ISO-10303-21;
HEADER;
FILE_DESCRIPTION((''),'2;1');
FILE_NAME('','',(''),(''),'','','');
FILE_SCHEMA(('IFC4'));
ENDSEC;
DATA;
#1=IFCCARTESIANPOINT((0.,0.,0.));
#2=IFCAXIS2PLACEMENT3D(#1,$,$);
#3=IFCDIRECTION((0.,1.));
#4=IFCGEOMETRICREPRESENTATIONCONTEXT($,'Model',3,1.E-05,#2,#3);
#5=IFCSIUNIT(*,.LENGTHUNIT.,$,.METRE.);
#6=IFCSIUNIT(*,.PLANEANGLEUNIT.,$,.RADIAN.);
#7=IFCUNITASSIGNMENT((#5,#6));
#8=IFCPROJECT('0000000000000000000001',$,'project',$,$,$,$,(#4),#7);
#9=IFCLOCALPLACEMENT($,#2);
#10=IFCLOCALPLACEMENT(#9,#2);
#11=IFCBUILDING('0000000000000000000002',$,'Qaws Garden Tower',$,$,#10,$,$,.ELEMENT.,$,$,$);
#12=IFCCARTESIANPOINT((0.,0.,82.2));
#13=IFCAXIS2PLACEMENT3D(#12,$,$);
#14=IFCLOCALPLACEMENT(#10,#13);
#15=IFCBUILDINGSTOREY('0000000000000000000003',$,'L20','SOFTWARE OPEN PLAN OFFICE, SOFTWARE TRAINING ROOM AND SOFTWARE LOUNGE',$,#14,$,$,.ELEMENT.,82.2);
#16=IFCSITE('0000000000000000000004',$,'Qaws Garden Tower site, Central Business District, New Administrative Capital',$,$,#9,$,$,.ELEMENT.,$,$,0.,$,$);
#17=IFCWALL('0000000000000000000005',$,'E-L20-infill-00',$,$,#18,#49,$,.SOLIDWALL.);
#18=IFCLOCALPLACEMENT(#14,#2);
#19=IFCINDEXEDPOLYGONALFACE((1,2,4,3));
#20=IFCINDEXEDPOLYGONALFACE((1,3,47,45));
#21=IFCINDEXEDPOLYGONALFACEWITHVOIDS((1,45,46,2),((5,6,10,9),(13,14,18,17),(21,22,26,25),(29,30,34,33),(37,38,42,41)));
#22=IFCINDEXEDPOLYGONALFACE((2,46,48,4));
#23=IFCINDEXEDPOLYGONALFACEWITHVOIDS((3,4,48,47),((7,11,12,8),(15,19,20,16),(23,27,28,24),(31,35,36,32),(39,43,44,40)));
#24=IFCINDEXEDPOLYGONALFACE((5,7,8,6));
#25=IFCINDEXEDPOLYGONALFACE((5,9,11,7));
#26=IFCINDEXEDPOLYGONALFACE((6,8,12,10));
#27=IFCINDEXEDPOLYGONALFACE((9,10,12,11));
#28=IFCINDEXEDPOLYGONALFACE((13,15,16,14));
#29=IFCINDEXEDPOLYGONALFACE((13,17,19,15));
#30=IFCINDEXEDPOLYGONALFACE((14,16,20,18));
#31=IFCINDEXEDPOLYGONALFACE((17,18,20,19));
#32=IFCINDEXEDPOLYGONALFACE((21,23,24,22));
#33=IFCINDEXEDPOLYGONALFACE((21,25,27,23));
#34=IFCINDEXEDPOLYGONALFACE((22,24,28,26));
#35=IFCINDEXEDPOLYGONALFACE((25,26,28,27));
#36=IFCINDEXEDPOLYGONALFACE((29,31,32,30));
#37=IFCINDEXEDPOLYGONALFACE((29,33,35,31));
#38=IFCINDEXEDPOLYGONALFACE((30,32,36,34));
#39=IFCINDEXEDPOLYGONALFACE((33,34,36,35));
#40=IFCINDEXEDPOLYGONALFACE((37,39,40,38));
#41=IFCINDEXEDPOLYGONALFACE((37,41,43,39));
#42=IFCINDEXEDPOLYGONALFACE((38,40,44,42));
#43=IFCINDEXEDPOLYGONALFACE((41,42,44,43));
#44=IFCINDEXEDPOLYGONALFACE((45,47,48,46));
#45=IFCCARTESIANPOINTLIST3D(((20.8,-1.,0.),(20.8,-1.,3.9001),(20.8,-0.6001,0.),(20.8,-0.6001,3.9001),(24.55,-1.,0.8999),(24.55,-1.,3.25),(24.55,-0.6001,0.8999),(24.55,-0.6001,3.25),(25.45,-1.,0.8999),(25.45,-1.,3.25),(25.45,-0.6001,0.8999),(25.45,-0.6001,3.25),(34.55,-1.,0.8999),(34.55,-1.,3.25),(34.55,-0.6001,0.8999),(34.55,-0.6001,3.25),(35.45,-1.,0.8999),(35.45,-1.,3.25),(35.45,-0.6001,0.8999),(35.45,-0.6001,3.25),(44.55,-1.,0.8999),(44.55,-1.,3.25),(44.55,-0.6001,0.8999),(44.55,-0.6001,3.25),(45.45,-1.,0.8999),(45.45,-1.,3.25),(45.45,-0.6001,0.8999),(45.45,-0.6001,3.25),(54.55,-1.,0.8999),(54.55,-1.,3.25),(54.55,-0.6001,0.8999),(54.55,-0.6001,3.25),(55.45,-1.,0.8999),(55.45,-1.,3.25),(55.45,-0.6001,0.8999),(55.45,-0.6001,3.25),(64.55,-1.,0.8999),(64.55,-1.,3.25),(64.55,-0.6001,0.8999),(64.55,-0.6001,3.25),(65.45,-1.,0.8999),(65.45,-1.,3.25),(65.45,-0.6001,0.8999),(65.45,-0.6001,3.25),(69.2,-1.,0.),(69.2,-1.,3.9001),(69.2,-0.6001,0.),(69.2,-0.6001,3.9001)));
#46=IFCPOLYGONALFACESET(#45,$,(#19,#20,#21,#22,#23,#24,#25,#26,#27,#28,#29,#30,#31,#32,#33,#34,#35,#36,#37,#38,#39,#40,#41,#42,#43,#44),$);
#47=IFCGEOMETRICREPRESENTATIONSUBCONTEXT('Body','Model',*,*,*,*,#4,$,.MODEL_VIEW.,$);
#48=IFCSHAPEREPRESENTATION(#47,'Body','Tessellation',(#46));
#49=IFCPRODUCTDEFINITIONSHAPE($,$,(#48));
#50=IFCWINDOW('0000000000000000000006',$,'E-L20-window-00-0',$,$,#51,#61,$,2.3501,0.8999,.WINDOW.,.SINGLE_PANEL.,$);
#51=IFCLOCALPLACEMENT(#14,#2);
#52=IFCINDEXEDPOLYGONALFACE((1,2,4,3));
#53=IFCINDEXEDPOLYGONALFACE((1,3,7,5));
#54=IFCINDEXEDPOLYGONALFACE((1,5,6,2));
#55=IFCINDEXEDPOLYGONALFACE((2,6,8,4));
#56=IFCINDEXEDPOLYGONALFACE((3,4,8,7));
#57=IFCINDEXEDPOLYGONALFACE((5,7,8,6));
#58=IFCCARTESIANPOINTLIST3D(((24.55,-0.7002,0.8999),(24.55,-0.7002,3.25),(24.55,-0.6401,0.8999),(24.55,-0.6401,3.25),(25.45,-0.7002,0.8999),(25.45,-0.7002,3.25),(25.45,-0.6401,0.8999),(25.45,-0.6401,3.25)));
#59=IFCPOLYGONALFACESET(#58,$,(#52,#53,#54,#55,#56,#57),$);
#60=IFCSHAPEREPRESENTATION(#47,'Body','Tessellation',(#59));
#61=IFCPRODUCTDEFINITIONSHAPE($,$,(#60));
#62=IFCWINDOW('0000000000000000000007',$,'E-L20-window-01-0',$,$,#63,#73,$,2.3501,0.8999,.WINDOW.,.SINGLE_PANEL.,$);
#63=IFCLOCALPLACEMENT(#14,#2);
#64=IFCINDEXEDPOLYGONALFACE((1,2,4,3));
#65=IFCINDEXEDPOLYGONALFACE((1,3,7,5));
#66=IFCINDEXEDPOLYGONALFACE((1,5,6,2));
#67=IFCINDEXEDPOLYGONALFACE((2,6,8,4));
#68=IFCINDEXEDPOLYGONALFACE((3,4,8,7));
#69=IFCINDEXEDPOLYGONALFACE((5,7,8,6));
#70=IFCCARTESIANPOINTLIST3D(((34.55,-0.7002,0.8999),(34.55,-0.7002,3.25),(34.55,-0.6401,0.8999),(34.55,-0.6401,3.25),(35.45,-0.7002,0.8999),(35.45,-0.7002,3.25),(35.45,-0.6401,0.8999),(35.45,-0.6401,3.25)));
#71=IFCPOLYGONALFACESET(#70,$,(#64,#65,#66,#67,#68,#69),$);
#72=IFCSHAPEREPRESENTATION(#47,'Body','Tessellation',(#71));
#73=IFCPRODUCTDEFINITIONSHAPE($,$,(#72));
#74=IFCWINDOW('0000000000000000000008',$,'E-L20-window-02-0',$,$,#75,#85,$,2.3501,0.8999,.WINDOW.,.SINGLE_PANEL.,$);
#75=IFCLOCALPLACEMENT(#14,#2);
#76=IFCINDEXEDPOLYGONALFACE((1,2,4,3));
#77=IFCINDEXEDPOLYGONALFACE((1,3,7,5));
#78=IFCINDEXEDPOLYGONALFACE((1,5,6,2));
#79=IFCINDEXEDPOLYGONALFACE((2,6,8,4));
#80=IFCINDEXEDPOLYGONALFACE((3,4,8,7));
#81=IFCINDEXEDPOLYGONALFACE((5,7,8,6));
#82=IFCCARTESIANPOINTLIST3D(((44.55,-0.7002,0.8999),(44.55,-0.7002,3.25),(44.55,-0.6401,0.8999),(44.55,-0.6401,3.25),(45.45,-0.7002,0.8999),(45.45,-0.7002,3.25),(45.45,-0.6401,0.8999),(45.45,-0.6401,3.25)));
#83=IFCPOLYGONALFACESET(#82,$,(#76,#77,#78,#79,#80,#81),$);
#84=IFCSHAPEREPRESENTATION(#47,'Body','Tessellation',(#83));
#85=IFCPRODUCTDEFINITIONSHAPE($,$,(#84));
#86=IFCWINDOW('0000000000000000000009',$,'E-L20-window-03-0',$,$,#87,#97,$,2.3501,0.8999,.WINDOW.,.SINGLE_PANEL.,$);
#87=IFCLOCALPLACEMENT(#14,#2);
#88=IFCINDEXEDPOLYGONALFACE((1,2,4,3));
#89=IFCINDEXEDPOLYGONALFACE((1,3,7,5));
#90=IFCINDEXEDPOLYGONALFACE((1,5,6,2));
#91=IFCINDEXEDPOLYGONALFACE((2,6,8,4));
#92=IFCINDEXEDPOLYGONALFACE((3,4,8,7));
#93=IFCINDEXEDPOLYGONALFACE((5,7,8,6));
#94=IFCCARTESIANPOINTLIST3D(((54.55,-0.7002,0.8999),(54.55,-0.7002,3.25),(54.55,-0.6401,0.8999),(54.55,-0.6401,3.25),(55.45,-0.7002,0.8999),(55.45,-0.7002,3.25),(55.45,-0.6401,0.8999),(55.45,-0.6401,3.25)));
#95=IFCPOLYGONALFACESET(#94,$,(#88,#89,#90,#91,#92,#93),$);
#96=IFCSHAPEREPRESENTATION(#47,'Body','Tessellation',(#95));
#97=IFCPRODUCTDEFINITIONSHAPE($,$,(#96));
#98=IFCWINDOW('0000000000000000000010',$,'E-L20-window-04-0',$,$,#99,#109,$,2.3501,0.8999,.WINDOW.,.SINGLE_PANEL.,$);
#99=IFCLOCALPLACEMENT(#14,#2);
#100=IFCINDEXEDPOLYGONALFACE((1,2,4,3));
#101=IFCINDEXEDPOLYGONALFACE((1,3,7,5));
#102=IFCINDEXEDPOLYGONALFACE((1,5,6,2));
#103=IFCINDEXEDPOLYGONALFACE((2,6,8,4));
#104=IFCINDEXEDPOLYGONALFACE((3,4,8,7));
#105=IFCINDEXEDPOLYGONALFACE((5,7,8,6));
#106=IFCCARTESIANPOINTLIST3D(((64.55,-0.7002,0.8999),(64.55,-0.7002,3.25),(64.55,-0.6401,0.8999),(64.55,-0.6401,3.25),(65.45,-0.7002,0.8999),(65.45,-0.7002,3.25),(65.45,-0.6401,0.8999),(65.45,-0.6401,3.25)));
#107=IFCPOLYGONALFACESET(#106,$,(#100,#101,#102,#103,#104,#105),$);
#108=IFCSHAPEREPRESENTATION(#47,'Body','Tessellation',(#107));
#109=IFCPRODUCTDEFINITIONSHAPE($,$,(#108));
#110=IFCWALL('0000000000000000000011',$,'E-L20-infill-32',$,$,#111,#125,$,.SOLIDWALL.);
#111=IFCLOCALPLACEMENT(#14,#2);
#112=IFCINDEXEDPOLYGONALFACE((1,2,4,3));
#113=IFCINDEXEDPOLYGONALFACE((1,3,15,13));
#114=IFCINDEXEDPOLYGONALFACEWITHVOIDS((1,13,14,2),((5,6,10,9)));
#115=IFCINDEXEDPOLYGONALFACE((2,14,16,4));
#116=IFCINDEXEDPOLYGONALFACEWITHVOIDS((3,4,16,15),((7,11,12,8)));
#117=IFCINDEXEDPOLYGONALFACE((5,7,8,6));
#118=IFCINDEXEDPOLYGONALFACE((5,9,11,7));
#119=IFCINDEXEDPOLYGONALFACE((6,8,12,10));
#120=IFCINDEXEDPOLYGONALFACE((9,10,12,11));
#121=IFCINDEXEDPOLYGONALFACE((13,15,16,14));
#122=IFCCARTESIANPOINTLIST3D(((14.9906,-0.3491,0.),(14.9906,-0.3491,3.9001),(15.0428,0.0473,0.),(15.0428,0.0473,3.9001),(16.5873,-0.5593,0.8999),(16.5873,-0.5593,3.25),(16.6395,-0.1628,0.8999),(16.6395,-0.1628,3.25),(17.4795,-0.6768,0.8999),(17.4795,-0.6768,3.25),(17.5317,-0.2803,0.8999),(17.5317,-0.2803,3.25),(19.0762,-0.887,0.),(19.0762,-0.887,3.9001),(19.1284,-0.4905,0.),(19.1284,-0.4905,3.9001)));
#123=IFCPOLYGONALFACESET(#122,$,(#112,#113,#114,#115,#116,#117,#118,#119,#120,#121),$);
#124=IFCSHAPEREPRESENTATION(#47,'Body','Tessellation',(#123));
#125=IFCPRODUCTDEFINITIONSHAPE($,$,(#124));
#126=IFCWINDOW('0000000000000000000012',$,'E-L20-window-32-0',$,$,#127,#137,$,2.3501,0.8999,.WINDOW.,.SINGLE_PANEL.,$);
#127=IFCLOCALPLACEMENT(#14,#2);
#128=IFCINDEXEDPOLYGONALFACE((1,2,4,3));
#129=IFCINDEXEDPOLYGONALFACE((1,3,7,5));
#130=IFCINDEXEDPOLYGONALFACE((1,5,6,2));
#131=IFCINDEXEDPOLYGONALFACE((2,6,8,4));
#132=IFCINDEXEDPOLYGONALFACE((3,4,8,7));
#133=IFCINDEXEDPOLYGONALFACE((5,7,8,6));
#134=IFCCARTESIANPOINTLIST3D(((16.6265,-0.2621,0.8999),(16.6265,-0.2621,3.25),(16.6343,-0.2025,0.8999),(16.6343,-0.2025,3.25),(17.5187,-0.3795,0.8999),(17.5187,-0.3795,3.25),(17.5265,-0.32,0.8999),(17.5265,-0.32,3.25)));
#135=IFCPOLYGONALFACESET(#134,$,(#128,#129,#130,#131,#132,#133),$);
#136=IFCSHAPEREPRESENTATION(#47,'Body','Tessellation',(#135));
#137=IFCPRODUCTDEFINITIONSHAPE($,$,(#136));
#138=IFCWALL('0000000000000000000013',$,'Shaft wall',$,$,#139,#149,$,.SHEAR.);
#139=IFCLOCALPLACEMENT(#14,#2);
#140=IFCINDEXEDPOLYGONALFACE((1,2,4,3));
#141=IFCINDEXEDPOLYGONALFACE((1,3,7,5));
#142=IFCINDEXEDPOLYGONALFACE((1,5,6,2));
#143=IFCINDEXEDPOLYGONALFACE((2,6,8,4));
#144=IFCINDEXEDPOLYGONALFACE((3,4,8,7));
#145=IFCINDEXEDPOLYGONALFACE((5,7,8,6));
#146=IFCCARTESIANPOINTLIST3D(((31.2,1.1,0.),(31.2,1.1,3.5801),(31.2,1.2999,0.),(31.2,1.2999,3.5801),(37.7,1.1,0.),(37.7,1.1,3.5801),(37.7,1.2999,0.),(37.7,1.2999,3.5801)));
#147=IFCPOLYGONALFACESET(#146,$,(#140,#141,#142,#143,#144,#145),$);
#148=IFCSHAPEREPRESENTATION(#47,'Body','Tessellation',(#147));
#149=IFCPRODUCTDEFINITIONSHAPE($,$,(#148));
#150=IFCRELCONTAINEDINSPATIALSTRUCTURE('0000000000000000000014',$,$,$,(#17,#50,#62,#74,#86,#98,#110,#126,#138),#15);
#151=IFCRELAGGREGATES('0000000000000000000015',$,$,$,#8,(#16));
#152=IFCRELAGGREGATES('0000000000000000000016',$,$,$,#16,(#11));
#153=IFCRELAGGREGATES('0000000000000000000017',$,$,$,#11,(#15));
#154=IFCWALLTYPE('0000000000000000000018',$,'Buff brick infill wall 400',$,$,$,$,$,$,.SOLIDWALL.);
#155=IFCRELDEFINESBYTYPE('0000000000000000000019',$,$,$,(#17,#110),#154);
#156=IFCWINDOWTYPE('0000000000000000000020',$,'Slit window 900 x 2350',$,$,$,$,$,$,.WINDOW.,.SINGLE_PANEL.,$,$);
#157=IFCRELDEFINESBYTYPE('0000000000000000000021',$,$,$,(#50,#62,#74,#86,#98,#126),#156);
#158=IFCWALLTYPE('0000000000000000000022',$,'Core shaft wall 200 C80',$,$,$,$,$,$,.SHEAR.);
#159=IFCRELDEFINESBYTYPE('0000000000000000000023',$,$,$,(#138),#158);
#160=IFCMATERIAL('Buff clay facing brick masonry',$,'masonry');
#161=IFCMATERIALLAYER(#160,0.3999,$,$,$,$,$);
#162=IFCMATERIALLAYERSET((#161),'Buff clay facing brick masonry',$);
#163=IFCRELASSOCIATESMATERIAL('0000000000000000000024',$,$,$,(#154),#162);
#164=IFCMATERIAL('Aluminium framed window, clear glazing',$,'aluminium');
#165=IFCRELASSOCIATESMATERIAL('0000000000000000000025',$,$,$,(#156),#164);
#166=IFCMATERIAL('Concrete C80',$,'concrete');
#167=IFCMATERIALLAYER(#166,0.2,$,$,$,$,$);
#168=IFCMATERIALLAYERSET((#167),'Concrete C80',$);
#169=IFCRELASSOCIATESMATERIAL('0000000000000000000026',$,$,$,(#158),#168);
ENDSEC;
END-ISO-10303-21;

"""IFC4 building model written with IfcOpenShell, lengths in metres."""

from ifc_helpers import new_model, si_unit, direction, frame, frame_2d, origin, place, context, subcontext, project, spatial, rectangle, extrude, material, layer, layer_set, type_object, element, fill, save


model = new_model("IFC4")

# Units and contexts
model_context = context("Model", 3, precision=1e-05, world=origin(), true_north=direction((0.0, 1.0)))
body_context = subcontext(model_context, "Body", "Model", "MODEL_VIEW")
ifc_project = project(units=[si_unit("LENGTHUNIT", "METRE"), si_unit("PLANEANGLEUNIT", "RADIAN")], contexts=[model_context])

# Site, building, storey
site_placement = place(None, origin())
site = spatial("IfcSite", under=ifc_project, at=site_placement, Name="Qaws Garden Tower site, Central Business District, New Administrative Capital", CompositionType="ELEMENT", RefElevation=0.0)
building_placement = place(site_placement, origin())
building = spatial("IfcBuilding", under=site, at=building_placement, Name="Qaws Garden Tower", CompositionType="ELEMENT")
storey_placement = place(building_placement, frame((0.0, 0.0, 82.2)))
storey = spatial("IfcBuildingStorey", under=building, at=storey_placement, Name="L20", Description="SOFTWARE OPEN PLAN OFFICE, SOFTWARE TRAINING ROOM AND SOFTWARE LOUNGE", CompositionType="ELEMENT", Elevation=82.2)

# Wall, openings, windows
ifc_material_1 = material(Name="Buff clay facing brick masonry", Category="masonry")
ifc_layer_1 = layer(ifc_material_1, 0.3999)
ifc_layer_set_1 = layer_set([ifc_layer_1], Name="Buff clay facing brick masonry")
wall_type_1 = type_object("IfcWallType", Name="Buff brick infill wall 400", PredefinedType="SOLIDWALL", material=ifc_layer_set_1)
wall_1_placement = place(storey_placement, frame((20.8, -0.8, 0.0), z_axis=(0.0, 0.0, 1.0), x_axis=(1.0, 0.0, 0.0)))
wall_1 = element("IfcWall", 1, at=wall_1_placement, inside=storey, type_object=wall_type_1, Name="E-L20-infill-00", PredefinedType="SOLIDWALL", context=body_context, shape_type="SweptSolid", body=[
    extrude(rectangle(XDim=48.3999, YDim=0.3999, at=frame_2d((24.2, 0.0))), origin(), (0.0, 0.0, 1.0), 3.9001),
])
opening_1_placement = place(wall_1_placement, frame((3.75, 0.0, 0.8999)))
opening_1 = element("IfcOpeningElement", 2, at=opening_1_placement, cuts=wall_1, PredefinedType="OPENING", context=body_context, shape_type="SweptSolid", body=[
    extrude(rectangle(XDim=0.8999, YDim=2.3501, at=frame_2d((0.45, 1.175))), frame((0.0, 0.21, 0.0), z_axis=(0.0, -1.0, 0.0), x_axis=(1.0, 0.0, 0.0)), (0.0, 0.0, 1.0), 0.4199),
])
opening_2_placement = place(wall_1_placement, frame((13.75, 0.0, 0.8999)))
opening_2 = element("IfcOpeningElement", 3, at=opening_2_placement, cuts=wall_1, PredefinedType="OPENING", context=body_context, shape_type="SweptSolid", body=[
    extrude(rectangle(XDim=0.8999, YDim=2.3501, at=frame_2d((0.45, 1.175))), frame((0.0, 0.21, 0.0), z_axis=(0.0, -1.0, 0.0), x_axis=(1.0, 0.0, 0.0)), (0.0, 0.0, 1.0), 0.4199),
])
opening_3_placement = place(wall_1_placement, frame((23.75, 0.0, 0.8999)))
opening_3 = element("IfcOpeningElement", 4, at=opening_3_placement, cuts=wall_1, PredefinedType="OPENING", context=body_context, shape_type="SweptSolid", body=[
    extrude(rectangle(XDim=0.8999, YDim=2.3501, at=frame_2d((0.45, 1.175))), frame((0.0, 0.21, 0.0), z_axis=(0.0, -1.0, 0.0), x_axis=(1.0, 0.0, 0.0)), (0.0, 0.0, 1.0), 0.4199),
])
opening_4_placement = place(wall_1_placement, frame((33.75, 0.0, 0.8999)))
opening_4 = element("IfcOpeningElement", 5, at=opening_4_placement, cuts=wall_1, PredefinedType="OPENING", context=body_context, shape_type="SweptSolid", body=[
    extrude(rectangle(XDim=0.8999, YDim=2.3501, at=frame_2d((0.45, 1.175))), frame((0.0, 0.21, 0.0), z_axis=(0.0, -1.0, 0.0), x_axis=(1.0, 0.0, 0.0)), (0.0, 0.0, 1.0), 0.4199),
])
opening_5_placement = place(wall_1_placement, frame((43.75, 0.0, 0.8999)))
opening_5 = element("IfcOpeningElement", 6, at=opening_5_placement, cuts=wall_1, PredefinedType="OPENING", context=body_context, shape_type="SweptSolid", body=[
    extrude(rectangle(XDim=0.8999, YDim=2.3501, at=frame_2d((0.45, 1.175))), frame((0.0, 0.21, 0.0), z_axis=(0.0, -1.0, 0.0), x_axis=(1.0, 0.0, 0.0)), (0.0, 0.0, 1.0), 0.4199),
])
ifc_material_2 = material(Name="Aluminium framed window, clear glazing", Category="aluminium")
window_type = type_object("IfcWindowType", Name="Slit window 900 x 2350", PartitioningType="SINGLE_PANEL", PredefinedType="WINDOW", material=ifc_material_2)
window_1_placement = place(opening_1_placement, origin())
window_1 = element("IfcWindow", 7, at=window_1_placement, inside=storey, type_object=window_type, Name="E-L20-window-00-0", OverallHeight=2.3501, OverallWidth=0.8999, PartitioningType="SINGLE_PANEL", PredefinedType="WINDOW", context=body_context, shape_type="SweptSolid", body=[
    extrude(rectangle(XDim=0.8999, YDim=2.3501, at=frame_2d((0.45, 1.175))), frame((0.0, 0.1599, 0.0), z_axis=(0.0, -1.0, 0.0), x_axis=(1.0, 0.0, 0.0)), (0.0, 0.0, 1.0), 0.0601),
])
fill(opening_1, window_1)
window_2_placement = place(opening_2_placement, origin())
window_2 = element("IfcWindow", 8, at=window_2_placement, inside=storey, type_object=window_type, Name="E-L20-window-01-0", OverallHeight=2.3501, OverallWidth=0.8999, PartitioningType="SINGLE_PANEL", PredefinedType="WINDOW", context=body_context, shape_type="SweptSolid", body=[
    extrude(rectangle(XDim=0.8999, YDim=2.3501, at=frame_2d((0.45, 1.175))), frame((0.0, 0.1599, 0.0), z_axis=(0.0, -1.0, 0.0), x_axis=(1.0, 0.0, 0.0)), (0.0, 0.0, 1.0), 0.0601),
])
fill(opening_2, window_2)
window_3_placement = place(opening_3_placement, origin())
window_3 = element("IfcWindow", 9, at=window_3_placement, inside=storey, type_object=window_type, Name="E-L20-window-02-0", OverallHeight=2.3501, OverallWidth=0.8999, PartitioningType="SINGLE_PANEL", PredefinedType="WINDOW", context=body_context, shape_type="SweptSolid", body=[
    extrude(rectangle(XDim=0.8999, YDim=2.3501, at=frame_2d((0.45, 1.175))), frame((0.0, 0.1599, 0.0), z_axis=(0.0, -1.0, 0.0), x_axis=(1.0, 0.0, 0.0)), (0.0, 0.0, 1.0), 0.0601),
])
fill(opening_3, window_3)
window_4_placement = place(opening_4_placement, origin())
window_4 = element("IfcWindow", 10, at=window_4_placement, inside=storey, type_object=window_type, Name="E-L20-window-03-0", OverallHeight=2.3501, OverallWidth=0.8999, PartitioningType="SINGLE_PANEL", PredefinedType="WINDOW", context=body_context, shape_type="SweptSolid", body=[
    extrude(rectangle(XDim=0.8999, YDim=2.3501, at=frame_2d((0.45, 1.175))), frame((0.0, 0.1599, 0.0), z_axis=(0.0, -1.0, 0.0), x_axis=(1.0, 0.0, 0.0)), (0.0, 0.0, 1.0), 0.0601),
])
fill(opening_4, window_4)
window_5_placement = place(opening_5_placement, origin())
window_5 = element("IfcWindow", 11, at=window_5_placement, inside=storey, type_object=window_type, Name="E-L20-window-04-0", OverallHeight=2.3501, OverallWidth=0.8999, PartitioningType="SINGLE_PANEL", PredefinedType="WINDOW", context=body_context, shape_type="SweptSolid", body=[
    extrude(rectangle(XDim=0.8999, YDim=2.3501, at=frame_2d((0.45, 1.175))), frame((0.0, 0.1599, 0.0), z_axis=(0.0, -1.0, 0.0), x_axis=(1.0, 0.0, 0.0)), (0.0, 0.0, 1.0), 0.0601),
])
fill(opening_5, window_5)

# Wall, opening, window
wall_2_placement = place(storey_placement, frame((15.0166, -0.1509, 0.0), z_axis=(0.0, 0.0, 1.0), x_axis=(0.991446, -0.130514, 0.0)))
wall_2 = element("IfcWall", 12, at=wall_2_placement, inside=storey, type_object=wall_type_1, Name="E-L20-infill-32", PredefinedType="SOLIDWALL", context=body_context, shape_type="SweptSolid", body=[
    extrude(rectangle(XDim=4.1208, YDim=0.3999, at=frame_2d((2.0605, 0.0))), origin(), (0.0, 0.0, 1.0), 3.9001),
])
opening_6_placement = place(wall_2_placement, frame((1.6106, 0.0, 0.8999)))
opening_6 = element("IfcOpeningElement", 13, at=opening_6_placement, cuts=wall_2, PredefinedType="OPENING", context=body_context, shape_type="SweptSolid", body=[
    extrude(rectangle(XDim=0.8999, YDim=2.3501, at=frame_2d((0.45, 1.175))), frame((0.0, 0.21, 0.0), z_axis=(0.0, -1.0, 0.0), x_axis=(1.0, 0.0, 0.0)), (0.0, 0.0, 1.0), 0.4199),
])
window_6_placement = place(opening_6_placement, origin())
window_6 = element("IfcWindow", 14, at=window_6_placement, inside=storey, type_object=window_type, Name="E-L20-window-32-0", OverallHeight=2.3501, OverallWidth=0.8999, PartitioningType="SINGLE_PANEL", PredefinedType="WINDOW", context=body_context, shape_type="SweptSolid", body=[
    extrude(rectangle(XDim=0.8999, YDim=2.3501, at=frame_2d((0.45, 1.175))), frame((0.0, 0.1599, 0.0), z_axis=(0.0, -1.0, 0.0), x_axis=(1.0, 0.0, 0.0)), (0.0, 0.0, 1.0), 0.0601),
])
fill(opening_6, window_6)

# Wall
ifc_material_3 = material(Name="Concrete C80", Category="concrete")
ifc_layer_2 = layer(ifc_material_3, 0.2)
ifc_layer_set_2 = layer_set([ifc_layer_2], Name="Concrete C80")
wall_type_2 = type_object("IfcWallType", Name="Core shaft wall 200 C80", PredefinedType="SHEAR", material=ifc_layer_set_2)
wall_3_placement = place(storey_placement, frame((31.2, 1.2, 0.0), z_axis=(0.0, 0.0, 1.0), x_axis=(1.0, 0.0, 0.0)))
element("IfcWall", 15, at=wall_3_placement, inside=storey, type_object=wall_type_2, Name="Shaft wall", PredefinedType="SHEAR", context=body_context, shape_type="SweptSolid", body=[
    extrude(rectangle(XDim=6.5, YDim=0.2, at=frame_2d((3.25, 0.0))), origin(), (0.0, 0.0, 1.0), 3.5801),
])

save(model, "model.ifc")
